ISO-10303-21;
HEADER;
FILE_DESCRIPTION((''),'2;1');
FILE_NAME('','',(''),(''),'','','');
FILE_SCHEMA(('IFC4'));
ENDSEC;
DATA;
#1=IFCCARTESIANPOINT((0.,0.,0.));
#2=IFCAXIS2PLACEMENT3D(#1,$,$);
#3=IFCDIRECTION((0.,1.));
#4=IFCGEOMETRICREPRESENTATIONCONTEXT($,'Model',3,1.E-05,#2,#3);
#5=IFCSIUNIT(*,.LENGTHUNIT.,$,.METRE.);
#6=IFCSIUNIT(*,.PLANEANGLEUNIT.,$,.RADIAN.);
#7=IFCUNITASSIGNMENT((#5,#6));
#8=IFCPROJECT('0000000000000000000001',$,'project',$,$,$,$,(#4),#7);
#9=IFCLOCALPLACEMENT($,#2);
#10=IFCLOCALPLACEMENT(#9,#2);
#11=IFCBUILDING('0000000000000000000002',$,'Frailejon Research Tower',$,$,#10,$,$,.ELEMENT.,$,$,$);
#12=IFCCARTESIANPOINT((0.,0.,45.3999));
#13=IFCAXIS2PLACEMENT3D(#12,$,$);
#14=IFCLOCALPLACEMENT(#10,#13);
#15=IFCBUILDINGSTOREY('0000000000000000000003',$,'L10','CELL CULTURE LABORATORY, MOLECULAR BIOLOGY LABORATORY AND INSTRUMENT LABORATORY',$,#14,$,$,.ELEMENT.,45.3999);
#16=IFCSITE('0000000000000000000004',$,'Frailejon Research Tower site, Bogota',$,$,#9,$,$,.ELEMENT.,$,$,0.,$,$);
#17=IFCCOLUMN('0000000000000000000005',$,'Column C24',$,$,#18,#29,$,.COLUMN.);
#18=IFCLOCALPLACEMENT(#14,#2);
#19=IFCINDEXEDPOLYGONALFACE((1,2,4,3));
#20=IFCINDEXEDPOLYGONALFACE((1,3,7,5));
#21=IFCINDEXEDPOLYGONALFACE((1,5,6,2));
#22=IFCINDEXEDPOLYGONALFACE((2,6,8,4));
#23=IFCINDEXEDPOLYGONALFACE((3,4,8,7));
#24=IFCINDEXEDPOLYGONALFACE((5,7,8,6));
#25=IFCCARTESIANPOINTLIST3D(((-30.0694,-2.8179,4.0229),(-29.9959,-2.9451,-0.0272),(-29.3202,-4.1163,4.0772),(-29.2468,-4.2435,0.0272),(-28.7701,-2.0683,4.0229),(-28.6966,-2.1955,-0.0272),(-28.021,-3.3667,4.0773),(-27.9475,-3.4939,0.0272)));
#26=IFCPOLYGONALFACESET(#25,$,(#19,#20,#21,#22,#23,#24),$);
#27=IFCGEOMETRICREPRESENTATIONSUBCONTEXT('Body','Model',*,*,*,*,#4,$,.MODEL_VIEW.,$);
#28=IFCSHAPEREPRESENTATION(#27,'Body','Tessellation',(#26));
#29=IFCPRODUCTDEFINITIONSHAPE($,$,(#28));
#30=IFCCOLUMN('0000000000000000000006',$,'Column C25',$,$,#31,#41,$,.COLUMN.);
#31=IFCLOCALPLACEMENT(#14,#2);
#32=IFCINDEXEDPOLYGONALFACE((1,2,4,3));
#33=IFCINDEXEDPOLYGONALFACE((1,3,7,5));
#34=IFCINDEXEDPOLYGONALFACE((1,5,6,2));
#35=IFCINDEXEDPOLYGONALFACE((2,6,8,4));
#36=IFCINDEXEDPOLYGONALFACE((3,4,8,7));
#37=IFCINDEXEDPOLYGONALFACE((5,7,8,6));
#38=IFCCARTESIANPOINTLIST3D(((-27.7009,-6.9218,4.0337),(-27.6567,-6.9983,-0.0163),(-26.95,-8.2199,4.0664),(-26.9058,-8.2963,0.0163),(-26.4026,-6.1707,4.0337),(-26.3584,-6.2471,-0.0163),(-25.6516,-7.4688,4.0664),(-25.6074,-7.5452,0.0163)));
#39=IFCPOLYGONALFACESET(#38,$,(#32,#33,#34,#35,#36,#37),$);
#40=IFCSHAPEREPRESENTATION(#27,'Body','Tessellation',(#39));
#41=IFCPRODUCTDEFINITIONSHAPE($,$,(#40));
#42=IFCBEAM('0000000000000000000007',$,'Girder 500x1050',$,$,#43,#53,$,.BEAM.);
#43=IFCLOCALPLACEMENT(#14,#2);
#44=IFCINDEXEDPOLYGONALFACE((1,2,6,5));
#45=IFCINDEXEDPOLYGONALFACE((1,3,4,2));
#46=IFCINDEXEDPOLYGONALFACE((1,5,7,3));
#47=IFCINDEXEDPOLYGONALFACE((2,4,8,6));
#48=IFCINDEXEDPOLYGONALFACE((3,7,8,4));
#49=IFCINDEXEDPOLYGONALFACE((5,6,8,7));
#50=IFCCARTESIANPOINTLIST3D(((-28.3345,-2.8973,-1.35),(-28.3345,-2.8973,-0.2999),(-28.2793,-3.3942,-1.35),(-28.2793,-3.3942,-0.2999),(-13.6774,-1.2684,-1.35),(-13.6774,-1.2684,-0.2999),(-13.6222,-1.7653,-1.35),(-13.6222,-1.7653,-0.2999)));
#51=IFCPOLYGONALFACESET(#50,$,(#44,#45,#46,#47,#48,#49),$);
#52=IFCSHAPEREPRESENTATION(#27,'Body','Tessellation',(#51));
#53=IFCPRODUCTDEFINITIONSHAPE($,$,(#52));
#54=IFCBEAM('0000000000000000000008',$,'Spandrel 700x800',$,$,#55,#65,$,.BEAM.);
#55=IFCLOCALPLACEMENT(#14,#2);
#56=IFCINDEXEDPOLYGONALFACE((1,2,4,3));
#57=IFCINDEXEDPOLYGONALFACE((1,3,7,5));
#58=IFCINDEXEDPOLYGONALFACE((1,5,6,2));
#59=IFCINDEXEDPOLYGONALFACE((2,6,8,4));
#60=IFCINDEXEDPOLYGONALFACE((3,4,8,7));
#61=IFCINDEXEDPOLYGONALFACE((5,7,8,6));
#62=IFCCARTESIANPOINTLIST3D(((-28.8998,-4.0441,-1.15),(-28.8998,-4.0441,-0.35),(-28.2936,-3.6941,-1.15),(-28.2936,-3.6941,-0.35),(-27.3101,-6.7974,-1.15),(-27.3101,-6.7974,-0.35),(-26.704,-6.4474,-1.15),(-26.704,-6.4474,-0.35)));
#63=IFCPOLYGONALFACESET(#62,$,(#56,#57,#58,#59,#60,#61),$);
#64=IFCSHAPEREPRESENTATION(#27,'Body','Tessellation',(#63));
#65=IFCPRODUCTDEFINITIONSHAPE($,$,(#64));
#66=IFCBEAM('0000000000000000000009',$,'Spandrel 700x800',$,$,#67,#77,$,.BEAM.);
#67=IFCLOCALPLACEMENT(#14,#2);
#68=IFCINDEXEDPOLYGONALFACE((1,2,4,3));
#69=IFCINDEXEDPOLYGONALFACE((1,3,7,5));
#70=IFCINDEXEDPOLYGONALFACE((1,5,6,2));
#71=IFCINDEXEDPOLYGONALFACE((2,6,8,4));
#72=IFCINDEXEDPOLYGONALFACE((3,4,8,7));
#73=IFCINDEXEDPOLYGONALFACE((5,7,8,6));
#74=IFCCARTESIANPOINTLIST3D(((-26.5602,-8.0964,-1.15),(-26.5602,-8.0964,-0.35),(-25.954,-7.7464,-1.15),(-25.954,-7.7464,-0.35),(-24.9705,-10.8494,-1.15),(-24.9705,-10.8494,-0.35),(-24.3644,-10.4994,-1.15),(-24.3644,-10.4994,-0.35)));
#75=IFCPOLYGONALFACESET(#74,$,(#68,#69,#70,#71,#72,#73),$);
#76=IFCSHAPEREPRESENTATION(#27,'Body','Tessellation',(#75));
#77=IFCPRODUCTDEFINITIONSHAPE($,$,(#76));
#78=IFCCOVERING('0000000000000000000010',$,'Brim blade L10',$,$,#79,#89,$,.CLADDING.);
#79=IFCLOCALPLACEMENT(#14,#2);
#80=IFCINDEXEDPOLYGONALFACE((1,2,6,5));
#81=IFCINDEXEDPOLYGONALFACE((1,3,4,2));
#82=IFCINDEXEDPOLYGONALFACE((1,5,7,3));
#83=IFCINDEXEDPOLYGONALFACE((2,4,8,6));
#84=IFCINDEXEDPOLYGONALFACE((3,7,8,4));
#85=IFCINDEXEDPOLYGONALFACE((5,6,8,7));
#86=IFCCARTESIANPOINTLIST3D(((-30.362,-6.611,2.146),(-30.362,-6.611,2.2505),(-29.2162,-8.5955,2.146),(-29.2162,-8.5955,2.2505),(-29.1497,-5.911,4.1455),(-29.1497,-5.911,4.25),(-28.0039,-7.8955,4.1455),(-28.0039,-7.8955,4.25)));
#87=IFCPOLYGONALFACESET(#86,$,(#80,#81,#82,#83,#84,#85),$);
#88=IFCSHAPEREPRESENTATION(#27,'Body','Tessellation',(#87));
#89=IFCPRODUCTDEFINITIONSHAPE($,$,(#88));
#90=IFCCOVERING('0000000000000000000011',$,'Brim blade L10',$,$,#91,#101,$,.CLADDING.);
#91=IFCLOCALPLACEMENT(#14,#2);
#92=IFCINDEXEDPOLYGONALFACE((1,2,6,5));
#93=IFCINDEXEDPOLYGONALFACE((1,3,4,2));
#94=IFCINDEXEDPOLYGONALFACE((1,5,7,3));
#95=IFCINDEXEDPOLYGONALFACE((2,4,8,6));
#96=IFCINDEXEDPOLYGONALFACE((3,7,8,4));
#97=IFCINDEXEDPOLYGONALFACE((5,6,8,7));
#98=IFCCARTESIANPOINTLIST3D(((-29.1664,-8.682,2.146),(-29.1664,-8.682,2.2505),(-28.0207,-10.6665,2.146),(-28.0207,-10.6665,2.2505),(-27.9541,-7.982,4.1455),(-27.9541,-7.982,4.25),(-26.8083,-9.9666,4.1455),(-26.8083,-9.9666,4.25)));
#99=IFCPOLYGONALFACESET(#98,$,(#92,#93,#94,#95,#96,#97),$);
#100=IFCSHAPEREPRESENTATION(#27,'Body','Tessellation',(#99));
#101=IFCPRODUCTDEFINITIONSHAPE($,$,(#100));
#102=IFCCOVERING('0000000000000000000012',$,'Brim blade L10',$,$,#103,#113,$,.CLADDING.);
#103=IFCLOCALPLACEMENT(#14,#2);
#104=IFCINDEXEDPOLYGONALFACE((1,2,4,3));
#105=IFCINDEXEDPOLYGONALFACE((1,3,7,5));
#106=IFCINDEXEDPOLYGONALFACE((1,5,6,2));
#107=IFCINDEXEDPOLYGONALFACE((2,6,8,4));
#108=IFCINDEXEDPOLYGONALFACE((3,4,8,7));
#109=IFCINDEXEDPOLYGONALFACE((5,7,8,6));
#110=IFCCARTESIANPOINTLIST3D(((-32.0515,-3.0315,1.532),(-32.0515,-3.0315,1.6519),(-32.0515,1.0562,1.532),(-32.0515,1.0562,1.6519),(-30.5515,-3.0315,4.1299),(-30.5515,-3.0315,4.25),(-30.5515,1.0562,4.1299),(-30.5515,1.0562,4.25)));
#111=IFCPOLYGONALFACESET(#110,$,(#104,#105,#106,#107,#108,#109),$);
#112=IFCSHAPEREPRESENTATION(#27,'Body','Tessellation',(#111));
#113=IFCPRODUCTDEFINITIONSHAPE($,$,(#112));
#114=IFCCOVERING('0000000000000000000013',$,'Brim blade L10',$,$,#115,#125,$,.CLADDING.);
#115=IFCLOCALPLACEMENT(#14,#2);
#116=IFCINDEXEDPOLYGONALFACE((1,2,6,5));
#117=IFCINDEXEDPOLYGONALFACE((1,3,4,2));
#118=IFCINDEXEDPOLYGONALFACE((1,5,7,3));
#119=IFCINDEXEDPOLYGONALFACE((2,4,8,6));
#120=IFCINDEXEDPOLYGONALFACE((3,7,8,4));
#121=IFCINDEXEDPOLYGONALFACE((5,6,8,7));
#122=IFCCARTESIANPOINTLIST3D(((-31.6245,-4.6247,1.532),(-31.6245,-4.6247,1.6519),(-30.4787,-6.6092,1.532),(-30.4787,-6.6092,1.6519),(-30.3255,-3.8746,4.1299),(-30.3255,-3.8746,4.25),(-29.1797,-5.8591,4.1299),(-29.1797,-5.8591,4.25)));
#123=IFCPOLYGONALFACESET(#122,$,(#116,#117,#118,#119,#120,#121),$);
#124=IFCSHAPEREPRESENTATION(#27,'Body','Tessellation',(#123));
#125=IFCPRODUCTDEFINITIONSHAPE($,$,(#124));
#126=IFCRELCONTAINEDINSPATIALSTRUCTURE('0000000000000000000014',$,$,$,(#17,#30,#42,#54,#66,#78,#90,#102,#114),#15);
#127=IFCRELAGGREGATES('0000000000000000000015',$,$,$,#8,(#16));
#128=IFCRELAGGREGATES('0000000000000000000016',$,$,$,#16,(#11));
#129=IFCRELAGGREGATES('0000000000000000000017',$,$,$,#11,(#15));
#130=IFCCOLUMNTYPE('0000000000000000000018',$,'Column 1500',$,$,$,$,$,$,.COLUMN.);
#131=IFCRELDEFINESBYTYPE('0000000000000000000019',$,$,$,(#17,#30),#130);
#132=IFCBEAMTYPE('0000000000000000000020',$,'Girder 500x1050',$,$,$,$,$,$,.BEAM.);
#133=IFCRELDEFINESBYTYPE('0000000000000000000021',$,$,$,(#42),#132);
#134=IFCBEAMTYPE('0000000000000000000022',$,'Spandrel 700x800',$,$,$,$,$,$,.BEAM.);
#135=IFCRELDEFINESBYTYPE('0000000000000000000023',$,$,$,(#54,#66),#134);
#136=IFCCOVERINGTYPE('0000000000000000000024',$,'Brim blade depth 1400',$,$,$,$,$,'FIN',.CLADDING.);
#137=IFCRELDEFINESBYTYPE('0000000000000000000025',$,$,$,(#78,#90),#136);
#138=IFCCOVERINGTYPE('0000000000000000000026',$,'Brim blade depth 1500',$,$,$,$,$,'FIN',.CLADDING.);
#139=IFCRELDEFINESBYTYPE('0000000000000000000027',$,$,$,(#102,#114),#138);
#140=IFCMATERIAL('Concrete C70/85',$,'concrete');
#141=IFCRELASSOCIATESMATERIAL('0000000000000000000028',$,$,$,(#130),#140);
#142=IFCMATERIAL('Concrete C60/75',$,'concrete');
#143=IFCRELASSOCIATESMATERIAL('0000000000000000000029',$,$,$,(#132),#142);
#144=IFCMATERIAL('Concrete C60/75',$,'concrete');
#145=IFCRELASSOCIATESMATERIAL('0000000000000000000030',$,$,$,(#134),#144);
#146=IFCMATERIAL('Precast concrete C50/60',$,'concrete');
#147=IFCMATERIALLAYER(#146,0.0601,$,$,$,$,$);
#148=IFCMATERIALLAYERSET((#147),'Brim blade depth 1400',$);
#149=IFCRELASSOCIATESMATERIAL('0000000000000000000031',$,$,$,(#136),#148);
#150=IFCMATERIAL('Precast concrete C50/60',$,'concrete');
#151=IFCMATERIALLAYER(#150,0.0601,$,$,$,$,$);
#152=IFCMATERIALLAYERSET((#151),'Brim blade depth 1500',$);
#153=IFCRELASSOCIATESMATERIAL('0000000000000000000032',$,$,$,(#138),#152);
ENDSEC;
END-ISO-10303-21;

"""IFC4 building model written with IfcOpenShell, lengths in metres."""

from ifc_helpers import new_model, si_unit, direction, frame, origin, origin_2d, place, context, subcontext, project, spatial, polyline, rectangle, outline, extrude, material, layer, layer_set, material_profile, profile_set, type_object, element, save


model = new_model("IFC4")

# Units and contexts
model_context = context("Model", 3, precision=1e-05, world=origin(), true_north=direction((0.0, 1.0)))
body_context = subcontext(model_context, "Body", "Model", "MODEL_VIEW")
ifc_project = project(units=[si_unit("LENGTHUNIT", "METRE"), si_unit("PLANEANGLEUNIT", "RADIAN")], contexts=[model_context])

# Site, building, storey
site_placement = place(None, origin())
site = spatial("IfcSite", under=ifc_project, at=site_placement, Name="Frailejon Research Tower site, Bogota", CompositionType="ELEMENT", RefElevation=0.0)
building_placement = place(site_placement, origin())
building = spatial("IfcBuilding", under=site, at=building_placement, Name="Frailejon Research Tower", CompositionType="ELEMENT")
storey_placement = place(building_placement, frame((0.0, 0.0, 45.3999)))
storey = spatial("IfcBuildingStorey", under=building, at=storey_placement, Name="L10", Description="CELL CULTURE LABORATORY, MOLECULAR BIOLOGY LABORATORY AND INSTRUMENT LABORATORY", CompositionType="ELEMENT", Elevation=45.3999)

# Columns
ifc_material_1 = material(Name="Concrete C70/85", Category="concrete")
ifc_material_profile_1 = material_profile(ifc_material_1, rectangle(XDim=1.5, YDim=1.5, at=origin_2d()), Name="Column 1500")
ifc_profile_set_1 = profile_set([ifc_material_profile_1], Name="Concrete C70/85")
column_type = type_object("IfcColumnType", Name="Column 1500", PredefinedType="COLUMN", material=ifc_profile_set_1)
column_1_placement = place(storey_placement, frame((-28.9717, -3.2195, 0.0), z_axis=(-0.018133, 0.031386, 0.999343), x_axis=(0.499403, -0.865611, 0.036247)))
element("IfcColumn", 1, at=column_1_placement, inside=storey, type_object=column_type, Name="Column C24", PredefinedType="COLUMN", context=body_context, shape_type="SweptSolid", body=[
    extrude(rectangle(XDim=1.5, YDim=1.5, at=origin_2d()), origin(), (0.0, 0.0, 1.0), 4.0527),
])
column_2_placement = place(storey_placement, frame((-26.6321, -7.2717, 0.0), z_axis=(-0.010908, 0.018863, 0.999763), x_axis=(0.500638, -0.865382, 0.02179)))
element("IfcColumn", 2, at=column_2_placement, inside=storey, type_object=column_type, Name="Column C25", PredefinedType="COLUMN", context=body_context, shape_type="SweptSolid", body=[
    extrude(rectangle(XDim=1.5, YDim=1.5, at=origin_2d()), origin(), (0.0, 0.0, 1.0), 4.051),
])

# Beams
ifc_material_2 = material(Name="Concrete C60/75", Category="concrete")
ifc_material_profile_2 = material_profile(ifc_material_2, rectangle(XDim=0.5, YDim=1.05, at=origin_2d()), Name="Girder 500x1050")
ifc_profile_set_2 = profile_set([ifc_material_profile_2], Name="Concrete C60/75")
beam_type_1 = type_object("IfcBeamType", Name="Girder 500x1050", PredefinedType="BEAM", material=ifc_profile_set_2)
beam_1_placement = place(storey_placement, frame((-28.3069, -3.1458, -0.825), z_axis=(0.993881, 0.110455, 0.0), x_axis=(-0.110455, 0.993881, 0.0)))
element("IfcBeam", 3, at=beam_1_placement, inside=storey, type_object=beam_type_1, Name="Girder 500x1050", PredefinedType="BEAM", context=body_context, shape_type="SweptSolid", body=[
    extrude(rectangle(XDim=0.5, YDim=1.05, at=origin_2d()), origin(), (0.0, 0.0, 1.0), 14.7473),
])
ifc_material_3 = material(Name="Concrete C60/75", Category="concrete")
ifc_material_profile_3 = material_profile(ifc_material_3, rectangle(XDim=0.7, YDim=0.8, at=origin_2d()), Name="Spandrel 700x800")
ifc_profile_set_3 = profile_set([ifc_material_profile_3], Name="Concrete C60/75")
beam_type_2 = type_object("IfcBeamType", Name="Spandrel 700x800", PredefinedType="BEAM", material=ifc_profile_set_3)
beam_2_placement = place(storey_placement, frame((-28.5967, -3.8691, -0.75), z_axis=(0.500013, -0.866018, 0.0), x_axis=(0.866018, 0.500013, 0.0)))
element("IfcBeam", 4, at=beam_2_placement, inside=storey, type_object=beam_type_2, Name="Spandrel 700x800", PredefinedType="BEAM", context=body_context, shape_type="SweptSolid", body=[
    extrude(rectangle(XDim=0.7, YDim=0.8, at=origin_2d()), origin(), (0.0, 0.0, 1.0), 3.1792),
])
beam_3_placement = place(storey_placement, frame((-26.2571, -7.9214, -0.75), z_axis=(0.500046, -0.865999, 0.0), x_axis=(0.865999, 0.500046, 0.0)))
element("IfcBeam", 5, at=beam_3_placement, inside=storey, type_object=beam_type_2, Name="Spandrel 700x800", PredefinedType="BEAM", context=body_context, shape_type="SweptSolid", body=[
    extrude(rectangle(XDim=0.7, YDim=0.8, at=origin_2d()), origin(), (0.0, 0.0, 1.0), 3.179),
])

# Coverings
ifc_material_4 = material(Name="Precast concrete C50/60", Category="concrete")
ifc_layer_1 = layer(ifc_material_4, 0.0601)
ifc_layer_set_1 = layer_set([ifc_layer_1], Name="Brim blade depth 1400")
covering_type_1 = type_object("IfcCoveringType", Name="Brim blade depth 1400", ElementType="FIN", PredefinedType="CLADDING", material=ifc_layer_set_1)
for number, where, z_axis, x_axis, name in (
    (6, (-28.0039, -7.8955, 4.25), (-0.500014, 0.866017, 0.0), (-0.866017, -0.500014, 0.0), "Brim blade L10"),
    (7, (-26.8083, -9.9666, 4.25), (-0.49999, 0.866031, 0.0), (-0.866031, -0.49999, 0.0), "Brim blade L10"),
):
    element("IfcCovering", number, at=place(storey_placement, frame(where, z_axis=z_axis, x_axis=x_axis)), inside=storey, type_object=covering_type_1, Name=name, PredefinedType="CLADDING", context=body_context, shape_type="SweptSolid", body=[
        extrude(outline(polyline([(0.0, -0.1045), (1.3999, -2.104), (1.3999, -1.9995), (0.0, 0.0), (0.0, -0.1045)])), origin(), (0.0, 0.0, 1.0), 2.2915),
    ])
ifc_material_5 = material(Name="Precast concrete C50/60", Category="concrete")
ifc_layer_2 = layer(ifc_material_5, 0.0601)
ifc_layer_set_2 = layer_set([ifc_layer_2], Name="Brim blade depth 1500")
covering_type_2 = type_object("IfcCoveringType", Name="Brim blade depth 1500", ElementType="FIN", PredefinedType="CLADDING", material=ifc_layer_set_2)
covering_1_placement = place(storey_placement, frame((-30.5515, -3.0315, 4.25), z_axis=(0.0, 1.0, 0.0), x_axis=(-1.0, 0.0, 0.0)))
element("IfcCovering", 8, at=covering_1_placement, inside=storey, type_object=covering_type_2, Name="Brim blade L10", PredefinedType="CLADDING", context=body_context, shape_type="SweptSolid", body=[
    extrude(outline(polyline([(0.0, -0.1201), (1.5, -2.718), (1.5, -2.5981), (0.0, 0.0), (0.0, -0.1201)])), origin(), (0.0, 0.0, 1.0), 4.0876),
])
covering_2_placement = place(storey_placement, frame((-29.1797, -5.8591, 4.25), z_axis=(-0.500014, 0.866017, 0.0), x_axis=(-0.866017, -0.500014, 0.0)))
element("IfcCovering", 9, at=covering_2_placement, inside=storey, type_object=covering_type_2, Name="Brim blade L10", PredefinedType="CLADDING", context=body_context, shape_type="SweptSolid", body=[
    extrude(outline(polyline([(0.0, -0.1201), (1.5, -2.718), (1.5, -2.5981), (0.0, 0.0), (0.0, -0.1201)])), origin(), (0.0, 0.0, 1.0), 2.2915),
])

save(model, "model.ifc")
